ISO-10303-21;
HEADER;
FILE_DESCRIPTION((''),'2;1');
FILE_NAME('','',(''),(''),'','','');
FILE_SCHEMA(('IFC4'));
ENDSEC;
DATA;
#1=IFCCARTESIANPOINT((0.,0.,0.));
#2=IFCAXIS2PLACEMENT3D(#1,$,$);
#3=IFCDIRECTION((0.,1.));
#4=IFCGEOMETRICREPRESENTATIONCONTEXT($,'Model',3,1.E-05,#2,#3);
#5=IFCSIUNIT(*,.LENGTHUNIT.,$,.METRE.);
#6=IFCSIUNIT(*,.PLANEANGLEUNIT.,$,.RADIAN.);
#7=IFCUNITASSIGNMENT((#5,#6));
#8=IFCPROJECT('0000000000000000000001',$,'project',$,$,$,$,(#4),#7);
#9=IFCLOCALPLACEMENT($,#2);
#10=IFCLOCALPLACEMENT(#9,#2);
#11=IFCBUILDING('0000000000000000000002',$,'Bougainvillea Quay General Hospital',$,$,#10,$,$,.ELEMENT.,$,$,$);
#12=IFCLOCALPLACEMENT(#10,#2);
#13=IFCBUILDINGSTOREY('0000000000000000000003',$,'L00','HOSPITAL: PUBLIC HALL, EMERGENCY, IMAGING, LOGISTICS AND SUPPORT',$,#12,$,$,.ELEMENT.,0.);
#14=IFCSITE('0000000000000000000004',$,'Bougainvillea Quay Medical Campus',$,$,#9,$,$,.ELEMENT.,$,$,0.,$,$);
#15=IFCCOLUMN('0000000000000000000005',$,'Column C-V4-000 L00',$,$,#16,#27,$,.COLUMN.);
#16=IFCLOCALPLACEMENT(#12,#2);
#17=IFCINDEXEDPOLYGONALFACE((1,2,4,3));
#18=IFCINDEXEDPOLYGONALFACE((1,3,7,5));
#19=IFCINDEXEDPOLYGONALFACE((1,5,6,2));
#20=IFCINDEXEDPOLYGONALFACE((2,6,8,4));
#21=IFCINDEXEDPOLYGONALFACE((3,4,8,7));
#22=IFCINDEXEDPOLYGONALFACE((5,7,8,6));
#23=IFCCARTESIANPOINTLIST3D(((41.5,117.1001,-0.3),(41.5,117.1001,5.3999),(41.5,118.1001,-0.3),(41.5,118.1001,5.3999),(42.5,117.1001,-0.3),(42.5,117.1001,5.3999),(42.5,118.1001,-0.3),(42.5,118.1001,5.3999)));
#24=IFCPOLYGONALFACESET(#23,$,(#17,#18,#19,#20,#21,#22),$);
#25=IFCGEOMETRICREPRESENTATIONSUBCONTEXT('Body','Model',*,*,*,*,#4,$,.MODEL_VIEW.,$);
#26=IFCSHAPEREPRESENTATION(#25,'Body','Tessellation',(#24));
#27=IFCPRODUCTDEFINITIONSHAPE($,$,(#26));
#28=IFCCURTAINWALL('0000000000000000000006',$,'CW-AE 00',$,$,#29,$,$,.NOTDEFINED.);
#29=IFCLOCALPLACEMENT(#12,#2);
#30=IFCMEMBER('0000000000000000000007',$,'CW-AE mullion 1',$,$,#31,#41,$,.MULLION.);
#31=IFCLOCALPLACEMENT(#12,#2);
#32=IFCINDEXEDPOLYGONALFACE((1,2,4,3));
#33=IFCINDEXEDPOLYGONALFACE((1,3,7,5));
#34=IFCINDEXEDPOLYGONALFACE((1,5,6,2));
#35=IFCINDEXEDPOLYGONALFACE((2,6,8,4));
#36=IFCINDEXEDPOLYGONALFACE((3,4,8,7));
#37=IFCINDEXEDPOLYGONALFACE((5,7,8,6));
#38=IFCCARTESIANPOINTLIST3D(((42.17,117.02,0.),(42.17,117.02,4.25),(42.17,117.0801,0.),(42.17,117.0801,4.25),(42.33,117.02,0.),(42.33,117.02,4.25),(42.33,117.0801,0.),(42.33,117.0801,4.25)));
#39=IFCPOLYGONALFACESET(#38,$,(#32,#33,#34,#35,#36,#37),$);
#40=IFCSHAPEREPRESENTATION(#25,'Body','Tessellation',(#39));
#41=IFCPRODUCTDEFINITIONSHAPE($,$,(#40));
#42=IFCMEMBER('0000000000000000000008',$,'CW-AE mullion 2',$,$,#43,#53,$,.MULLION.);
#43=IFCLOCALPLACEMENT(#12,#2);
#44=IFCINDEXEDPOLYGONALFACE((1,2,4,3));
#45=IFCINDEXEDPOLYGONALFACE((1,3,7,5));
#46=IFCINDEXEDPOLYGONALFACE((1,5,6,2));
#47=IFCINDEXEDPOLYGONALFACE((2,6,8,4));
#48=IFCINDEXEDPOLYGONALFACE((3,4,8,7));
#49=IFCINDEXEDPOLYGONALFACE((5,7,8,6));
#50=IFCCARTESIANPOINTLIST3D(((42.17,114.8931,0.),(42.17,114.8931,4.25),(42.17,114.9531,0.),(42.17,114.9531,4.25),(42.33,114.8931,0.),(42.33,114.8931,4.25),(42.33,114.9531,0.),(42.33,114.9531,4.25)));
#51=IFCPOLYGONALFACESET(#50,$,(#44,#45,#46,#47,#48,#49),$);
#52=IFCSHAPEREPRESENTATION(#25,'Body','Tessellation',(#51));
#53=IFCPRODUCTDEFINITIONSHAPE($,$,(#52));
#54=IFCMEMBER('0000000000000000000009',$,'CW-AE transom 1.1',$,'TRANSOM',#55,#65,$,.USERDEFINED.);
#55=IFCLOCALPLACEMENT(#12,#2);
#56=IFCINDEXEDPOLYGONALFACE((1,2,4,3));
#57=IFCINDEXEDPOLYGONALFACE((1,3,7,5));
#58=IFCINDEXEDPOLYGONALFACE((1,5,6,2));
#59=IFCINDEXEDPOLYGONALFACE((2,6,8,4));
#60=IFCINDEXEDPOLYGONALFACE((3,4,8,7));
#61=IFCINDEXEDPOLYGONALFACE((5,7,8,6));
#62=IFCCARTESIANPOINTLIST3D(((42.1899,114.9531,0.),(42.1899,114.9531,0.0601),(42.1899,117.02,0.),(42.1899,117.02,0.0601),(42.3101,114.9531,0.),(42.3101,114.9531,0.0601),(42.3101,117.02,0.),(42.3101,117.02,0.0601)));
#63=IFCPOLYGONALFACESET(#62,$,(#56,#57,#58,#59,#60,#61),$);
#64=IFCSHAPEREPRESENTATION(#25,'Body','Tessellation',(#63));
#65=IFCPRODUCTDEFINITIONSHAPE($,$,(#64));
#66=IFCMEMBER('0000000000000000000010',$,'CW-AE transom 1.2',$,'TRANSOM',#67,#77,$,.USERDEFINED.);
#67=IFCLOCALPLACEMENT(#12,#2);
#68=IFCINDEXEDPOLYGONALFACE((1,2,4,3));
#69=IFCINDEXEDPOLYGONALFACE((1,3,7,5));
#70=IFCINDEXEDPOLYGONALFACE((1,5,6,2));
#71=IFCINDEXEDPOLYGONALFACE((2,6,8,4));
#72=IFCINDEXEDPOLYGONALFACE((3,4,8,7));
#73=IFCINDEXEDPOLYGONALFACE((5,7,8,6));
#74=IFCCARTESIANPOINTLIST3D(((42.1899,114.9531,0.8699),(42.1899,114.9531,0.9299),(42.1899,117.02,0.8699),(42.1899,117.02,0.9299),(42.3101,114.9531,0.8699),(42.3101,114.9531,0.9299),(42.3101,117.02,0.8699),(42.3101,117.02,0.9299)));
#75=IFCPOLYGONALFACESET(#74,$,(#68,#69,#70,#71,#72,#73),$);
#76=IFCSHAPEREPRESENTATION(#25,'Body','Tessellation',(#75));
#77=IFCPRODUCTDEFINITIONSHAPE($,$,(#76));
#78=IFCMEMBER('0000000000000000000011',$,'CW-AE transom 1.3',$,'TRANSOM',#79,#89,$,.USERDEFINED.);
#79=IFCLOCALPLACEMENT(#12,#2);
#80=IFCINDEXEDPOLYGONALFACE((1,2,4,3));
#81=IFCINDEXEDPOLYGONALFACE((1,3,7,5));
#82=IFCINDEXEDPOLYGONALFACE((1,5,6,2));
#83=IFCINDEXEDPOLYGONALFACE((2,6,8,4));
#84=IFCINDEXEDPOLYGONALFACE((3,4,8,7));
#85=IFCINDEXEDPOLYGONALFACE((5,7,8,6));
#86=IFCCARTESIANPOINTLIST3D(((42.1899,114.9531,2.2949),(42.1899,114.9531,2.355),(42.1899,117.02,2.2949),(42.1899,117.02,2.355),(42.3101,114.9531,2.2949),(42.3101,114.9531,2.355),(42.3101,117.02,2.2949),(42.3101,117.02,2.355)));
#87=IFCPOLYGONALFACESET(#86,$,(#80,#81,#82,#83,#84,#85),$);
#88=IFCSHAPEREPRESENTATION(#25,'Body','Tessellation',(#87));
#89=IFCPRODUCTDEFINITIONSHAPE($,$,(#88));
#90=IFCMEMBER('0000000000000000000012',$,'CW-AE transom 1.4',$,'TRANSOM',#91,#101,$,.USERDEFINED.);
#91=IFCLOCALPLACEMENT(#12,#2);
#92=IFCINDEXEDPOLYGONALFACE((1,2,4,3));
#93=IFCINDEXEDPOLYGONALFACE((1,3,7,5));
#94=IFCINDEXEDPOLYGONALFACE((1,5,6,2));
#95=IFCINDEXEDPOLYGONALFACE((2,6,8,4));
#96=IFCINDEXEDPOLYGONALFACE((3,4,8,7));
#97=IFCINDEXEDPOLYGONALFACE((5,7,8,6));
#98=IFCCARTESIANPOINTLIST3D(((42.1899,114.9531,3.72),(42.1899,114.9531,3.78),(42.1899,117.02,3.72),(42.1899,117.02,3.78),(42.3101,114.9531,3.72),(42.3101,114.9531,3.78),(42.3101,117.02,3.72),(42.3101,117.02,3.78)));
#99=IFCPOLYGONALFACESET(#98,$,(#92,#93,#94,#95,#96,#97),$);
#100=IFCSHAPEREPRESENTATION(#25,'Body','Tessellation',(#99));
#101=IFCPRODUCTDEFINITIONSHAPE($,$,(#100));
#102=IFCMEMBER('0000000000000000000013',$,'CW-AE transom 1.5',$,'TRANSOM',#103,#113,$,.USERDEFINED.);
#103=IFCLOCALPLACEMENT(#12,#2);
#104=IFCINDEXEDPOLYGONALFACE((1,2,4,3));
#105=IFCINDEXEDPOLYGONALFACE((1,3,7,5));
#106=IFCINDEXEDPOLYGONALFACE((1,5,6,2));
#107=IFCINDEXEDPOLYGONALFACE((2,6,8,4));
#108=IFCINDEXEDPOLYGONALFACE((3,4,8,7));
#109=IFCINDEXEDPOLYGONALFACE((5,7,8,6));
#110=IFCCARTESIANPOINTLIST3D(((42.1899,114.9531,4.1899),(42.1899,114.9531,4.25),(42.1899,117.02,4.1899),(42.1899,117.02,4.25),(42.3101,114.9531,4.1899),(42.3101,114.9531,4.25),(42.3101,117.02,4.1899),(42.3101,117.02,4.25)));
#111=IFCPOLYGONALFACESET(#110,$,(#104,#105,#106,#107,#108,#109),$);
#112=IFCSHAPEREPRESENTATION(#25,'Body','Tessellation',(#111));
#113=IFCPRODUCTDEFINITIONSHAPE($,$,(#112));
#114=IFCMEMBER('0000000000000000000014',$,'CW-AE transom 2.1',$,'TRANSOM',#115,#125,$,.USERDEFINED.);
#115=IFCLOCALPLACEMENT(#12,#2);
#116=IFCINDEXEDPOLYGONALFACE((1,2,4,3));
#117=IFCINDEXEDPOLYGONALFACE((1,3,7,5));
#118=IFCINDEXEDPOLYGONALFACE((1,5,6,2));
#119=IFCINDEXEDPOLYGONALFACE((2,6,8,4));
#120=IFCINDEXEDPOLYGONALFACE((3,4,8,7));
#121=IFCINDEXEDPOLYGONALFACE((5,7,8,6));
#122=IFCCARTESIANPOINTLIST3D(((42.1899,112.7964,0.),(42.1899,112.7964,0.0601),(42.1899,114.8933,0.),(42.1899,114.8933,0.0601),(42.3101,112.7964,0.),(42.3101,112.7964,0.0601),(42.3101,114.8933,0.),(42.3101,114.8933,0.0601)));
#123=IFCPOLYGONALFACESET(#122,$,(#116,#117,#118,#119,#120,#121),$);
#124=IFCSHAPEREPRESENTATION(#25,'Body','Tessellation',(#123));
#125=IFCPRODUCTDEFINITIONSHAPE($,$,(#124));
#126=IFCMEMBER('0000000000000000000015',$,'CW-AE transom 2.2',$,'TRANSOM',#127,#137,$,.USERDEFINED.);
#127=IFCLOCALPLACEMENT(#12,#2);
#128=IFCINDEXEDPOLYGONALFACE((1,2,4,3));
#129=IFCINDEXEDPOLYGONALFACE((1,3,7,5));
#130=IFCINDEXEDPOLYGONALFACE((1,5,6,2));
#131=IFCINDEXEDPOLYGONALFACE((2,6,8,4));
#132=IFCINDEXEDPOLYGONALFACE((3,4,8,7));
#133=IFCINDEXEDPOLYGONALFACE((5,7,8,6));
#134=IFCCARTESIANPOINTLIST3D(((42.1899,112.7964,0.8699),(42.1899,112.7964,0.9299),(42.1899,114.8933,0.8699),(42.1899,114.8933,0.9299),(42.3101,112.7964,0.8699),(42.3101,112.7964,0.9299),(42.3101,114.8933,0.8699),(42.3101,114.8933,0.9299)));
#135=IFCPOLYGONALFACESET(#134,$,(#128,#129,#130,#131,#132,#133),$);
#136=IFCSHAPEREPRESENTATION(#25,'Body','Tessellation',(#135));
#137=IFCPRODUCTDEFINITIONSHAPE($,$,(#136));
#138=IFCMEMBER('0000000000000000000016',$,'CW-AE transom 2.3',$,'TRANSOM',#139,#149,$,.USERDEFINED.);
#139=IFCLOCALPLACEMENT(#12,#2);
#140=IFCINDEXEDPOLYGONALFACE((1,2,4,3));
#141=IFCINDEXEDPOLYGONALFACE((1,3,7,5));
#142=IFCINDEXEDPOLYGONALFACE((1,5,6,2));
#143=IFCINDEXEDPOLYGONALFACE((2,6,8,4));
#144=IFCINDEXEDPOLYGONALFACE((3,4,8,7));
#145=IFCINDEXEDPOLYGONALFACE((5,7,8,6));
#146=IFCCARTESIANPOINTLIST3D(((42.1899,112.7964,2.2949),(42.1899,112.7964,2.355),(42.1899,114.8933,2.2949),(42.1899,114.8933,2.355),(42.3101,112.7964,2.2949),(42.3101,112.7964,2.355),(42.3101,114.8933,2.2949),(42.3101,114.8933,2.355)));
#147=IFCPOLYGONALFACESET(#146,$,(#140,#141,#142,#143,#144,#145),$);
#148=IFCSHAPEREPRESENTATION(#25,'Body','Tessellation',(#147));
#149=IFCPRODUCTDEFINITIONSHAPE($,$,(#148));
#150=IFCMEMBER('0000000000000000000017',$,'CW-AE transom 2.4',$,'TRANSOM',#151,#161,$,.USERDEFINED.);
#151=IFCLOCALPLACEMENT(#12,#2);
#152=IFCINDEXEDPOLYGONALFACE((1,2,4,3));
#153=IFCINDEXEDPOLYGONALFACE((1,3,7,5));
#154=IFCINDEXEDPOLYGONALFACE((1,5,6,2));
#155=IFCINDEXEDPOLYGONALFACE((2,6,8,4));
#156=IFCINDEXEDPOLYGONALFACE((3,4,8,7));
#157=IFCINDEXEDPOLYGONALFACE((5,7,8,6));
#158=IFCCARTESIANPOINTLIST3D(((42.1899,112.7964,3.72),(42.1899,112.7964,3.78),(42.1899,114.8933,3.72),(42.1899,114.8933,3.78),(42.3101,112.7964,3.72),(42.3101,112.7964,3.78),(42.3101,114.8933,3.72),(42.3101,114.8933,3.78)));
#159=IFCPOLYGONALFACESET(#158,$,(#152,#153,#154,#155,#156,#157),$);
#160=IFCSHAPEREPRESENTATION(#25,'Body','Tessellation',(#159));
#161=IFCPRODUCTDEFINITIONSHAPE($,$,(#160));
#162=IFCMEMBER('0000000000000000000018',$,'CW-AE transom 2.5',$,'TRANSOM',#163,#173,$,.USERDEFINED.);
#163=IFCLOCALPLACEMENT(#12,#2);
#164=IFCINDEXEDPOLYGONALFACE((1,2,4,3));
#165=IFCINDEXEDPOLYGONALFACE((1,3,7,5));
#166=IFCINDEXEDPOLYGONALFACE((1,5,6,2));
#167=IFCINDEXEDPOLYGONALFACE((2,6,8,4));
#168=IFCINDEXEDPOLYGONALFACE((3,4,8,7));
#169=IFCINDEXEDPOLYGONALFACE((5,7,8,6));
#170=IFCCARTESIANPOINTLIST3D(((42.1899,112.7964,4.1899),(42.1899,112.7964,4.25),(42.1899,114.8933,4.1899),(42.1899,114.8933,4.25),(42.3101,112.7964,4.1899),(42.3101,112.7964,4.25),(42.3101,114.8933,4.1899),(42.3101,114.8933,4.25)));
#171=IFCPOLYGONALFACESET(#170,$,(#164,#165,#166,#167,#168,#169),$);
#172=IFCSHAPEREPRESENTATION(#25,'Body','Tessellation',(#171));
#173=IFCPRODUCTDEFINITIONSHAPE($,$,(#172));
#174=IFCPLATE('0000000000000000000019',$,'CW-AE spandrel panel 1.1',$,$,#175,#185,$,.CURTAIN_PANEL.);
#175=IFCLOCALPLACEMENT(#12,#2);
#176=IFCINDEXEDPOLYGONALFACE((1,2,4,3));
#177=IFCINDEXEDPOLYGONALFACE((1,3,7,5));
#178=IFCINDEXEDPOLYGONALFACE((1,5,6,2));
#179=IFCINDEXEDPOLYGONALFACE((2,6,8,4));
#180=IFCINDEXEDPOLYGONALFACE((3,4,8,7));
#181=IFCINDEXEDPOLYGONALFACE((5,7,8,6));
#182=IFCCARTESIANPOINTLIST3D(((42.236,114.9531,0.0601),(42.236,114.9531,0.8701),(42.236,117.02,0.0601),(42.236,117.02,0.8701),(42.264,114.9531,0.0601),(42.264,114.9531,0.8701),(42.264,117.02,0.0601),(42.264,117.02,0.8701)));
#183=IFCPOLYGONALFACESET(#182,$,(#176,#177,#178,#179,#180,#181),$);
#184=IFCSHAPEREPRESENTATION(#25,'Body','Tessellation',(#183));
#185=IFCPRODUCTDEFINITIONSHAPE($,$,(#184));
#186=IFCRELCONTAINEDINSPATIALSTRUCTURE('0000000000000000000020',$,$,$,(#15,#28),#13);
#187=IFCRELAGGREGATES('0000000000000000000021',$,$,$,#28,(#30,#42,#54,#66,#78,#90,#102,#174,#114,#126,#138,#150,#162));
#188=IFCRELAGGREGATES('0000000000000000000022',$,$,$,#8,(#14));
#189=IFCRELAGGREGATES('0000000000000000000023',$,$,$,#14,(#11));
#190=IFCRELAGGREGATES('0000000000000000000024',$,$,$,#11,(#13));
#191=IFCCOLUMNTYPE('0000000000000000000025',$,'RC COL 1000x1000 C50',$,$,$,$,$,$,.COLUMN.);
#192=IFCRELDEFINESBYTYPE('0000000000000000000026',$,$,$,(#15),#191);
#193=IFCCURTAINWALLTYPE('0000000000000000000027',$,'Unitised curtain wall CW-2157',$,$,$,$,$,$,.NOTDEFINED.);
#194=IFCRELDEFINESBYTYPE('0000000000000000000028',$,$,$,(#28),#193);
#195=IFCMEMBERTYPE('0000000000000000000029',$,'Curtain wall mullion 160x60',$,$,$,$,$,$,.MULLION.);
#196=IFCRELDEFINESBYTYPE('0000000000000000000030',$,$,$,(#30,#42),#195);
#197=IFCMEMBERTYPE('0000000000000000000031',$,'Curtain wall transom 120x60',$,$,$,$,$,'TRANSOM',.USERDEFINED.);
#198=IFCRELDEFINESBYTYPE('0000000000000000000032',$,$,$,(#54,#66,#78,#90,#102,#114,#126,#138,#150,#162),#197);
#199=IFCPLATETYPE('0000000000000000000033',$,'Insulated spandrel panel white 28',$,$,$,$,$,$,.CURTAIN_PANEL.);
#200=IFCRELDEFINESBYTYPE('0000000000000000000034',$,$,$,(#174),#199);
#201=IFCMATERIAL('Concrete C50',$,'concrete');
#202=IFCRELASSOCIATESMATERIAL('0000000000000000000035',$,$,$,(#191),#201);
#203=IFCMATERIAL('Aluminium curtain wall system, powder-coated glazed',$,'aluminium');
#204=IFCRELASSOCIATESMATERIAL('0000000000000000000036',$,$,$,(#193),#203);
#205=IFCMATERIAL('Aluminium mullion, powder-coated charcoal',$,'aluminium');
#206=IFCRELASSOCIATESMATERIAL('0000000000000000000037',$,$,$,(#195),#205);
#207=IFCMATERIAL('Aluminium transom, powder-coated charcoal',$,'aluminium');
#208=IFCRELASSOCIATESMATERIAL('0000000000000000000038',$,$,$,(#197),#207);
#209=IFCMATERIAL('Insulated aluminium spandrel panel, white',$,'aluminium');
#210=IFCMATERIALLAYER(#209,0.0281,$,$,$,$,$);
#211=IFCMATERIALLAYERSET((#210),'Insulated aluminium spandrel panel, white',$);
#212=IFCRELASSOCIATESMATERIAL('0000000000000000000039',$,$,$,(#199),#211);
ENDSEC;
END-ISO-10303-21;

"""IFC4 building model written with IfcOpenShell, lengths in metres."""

from ifc_helpers import new_model, si_unit, direction, frame, origin, origin_2d, place, context, subcontext, project, spatial, rectangle, extrude, material, layer, layer_set, material_profile, profile_set, type_object, element, aggregate, save


model = new_model("IFC4")

# Units and contexts
model_context = context("Model", 3, precision=1e-05, world=origin(), true_north=direction((0.0, 1.0)))
body_context = subcontext(model_context, "Body", "Model", "MODEL_VIEW")
ifc_project = project(units=[si_unit("LENGTHUNIT", "METRE"), si_unit("PLANEANGLEUNIT", "RADIAN")], contexts=[model_context])

# Site, building, storey
site_placement = place(None, origin())
site = spatial("IfcSite", under=ifc_project, at=site_placement, Name="Bougainvillea Quay Medical Campus", CompositionType="ELEMENT", RefElevation=0.0)
building_placement = place(site_placement, origin())
building = spatial("IfcBuilding", under=site, at=building_placement, Name="Bougainvillea Quay General Hospital", CompositionType="ELEMENT")
storey_placement = place(building_placement, origin())
storey = spatial("IfcBuildingStorey", under=building, at=storey_placement, Name="L00", Description="HOSPITAL: PUBLIC HALL, EMERGENCY, IMAGING, LOGISTICS AND SUPPORT", CompositionType="ELEMENT", Elevation=0.0)

# Column
ifc_material_1 = material(Name="Concrete C50", Category="concrete")
ifc_material_profile_1 = material_profile(ifc_material_1, rectangle(XDim=1.0, YDim=1.0, at=origin_2d()))
ifc_profile_set_1 = profile_set([ifc_material_profile_1], Name="Concrete C50")
column_type = type_object("IfcColumnType", Name="RC COL 1000x1000 C50", PredefinedType="COLUMN", material=ifc_profile_set_1)
column_placement = place(storey_placement, frame((42.0, 117.6001, -0.3), z_axis=(0.0, 0.0, 1.0), x_axis=(1.0, 0.0, 0.0)))
element("IfcColumn", 1, at=column_placement, inside=storey, type_object=column_type, Name="Column C-V4-000 L00", PredefinedType="COLUMN", context=body_context, shape_type="SweptSolid", body=[
    extrude(rectangle(XDim=1.0, YDim=1.0, at=origin_2d()), origin(), (0.0, 0.0, 1.0), 5.7),
])

# Curtain wall, members, plate
ifc_material_2 = material(Name="Aluminium curtain wall system, powder-coated glazed", Category="aluminium")
curtain_wall_type = type_object("IfcCurtainWallType", Name="Unitised curtain wall CW-2157", PredefinedType="NOTDEFINED", material=ifc_material_2)
curtain_wall_placement = place(storey_placement, origin())
curtain_wall = element("IfcCurtainWall", 2, at=curtain_wall_placement, inside=storey, type_object=curtain_wall_type, Name="CW-AE 00", PredefinedType="NOTDEFINED")
ifc_material_3 = material(Name="Aluminium mullion, powder-coated charcoal", Category="aluminium")
ifc_material_profile_2 = material_profile(ifc_material_3, rectangle(XDim=0.1599, YDim=0.0601, at=origin_2d()))
ifc_profile_set_2 = profile_set([ifc_material_profile_2], Name="Aluminium mullion, powder-coated charcoal")
member_type_1 = type_object("IfcMemberType", Name="Curtain wall mullion 160x60", PredefinedType="MULLION", material=ifc_profile_set_2)
member_1_placement = place(storey_placement, frame((42.25, 117.05, 0.0), z_axis=(0.0, 0.0, 1.0), x_axis=(1.0, 0.0, 0.0)))
member_1 = element("IfcMember", 3, at=member_1_placement, type_object=member_type_1, Name="CW-AE mullion 1", PredefinedType="MULLION", context=body_context, shape_type="SweptSolid", body=[
    extrude(rectangle(XDim=0.1599, YDim=0.0601, at=origin_2d()), origin(), (0.0, 0.0, 1.0), 4.25),
])
member_2_placement = place(storey_placement, frame((42.25, 114.9231, 0.0), z_axis=(0.0, 0.0, 1.0), x_axis=(1.0, 0.0, 0.0)))
member_2 = element("IfcMember", 4, at=member_2_placement, type_object=member_type_1, Name="CW-AE mullion 2", PredefinedType="MULLION", context=body_context, shape_type="SweptSolid", body=[
    extrude(rectangle(XDim=0.1599, YDim=0.0601, at=origin_2d()), origin(), (0.0, 0.0, 1.0), 4.25),
])
ifc_material_4 = material(Name="Aluminium transom, powder-coated charcoal", Category="aluminium")
ifc_material_profile_3 = material_profile(ifc_material_4, rectangle(XDim=0.1201, YDim=0.0601, at=origin_2d()))
ifc_profile_set_3 = profile_set([ifc_material_profile_3], Name="Aluminium transom, powder-coated charcoal")
member_type_2 = type_object("IfcMemberType", Name="Curtain wall transom 120x60", ElementType="TRANSOM", PredefinedType="USERDEFINED", material=ifc_profile_set_3)
member_3_placement = place(storey_placement, frame((42.25, 117.02, 0.03), z_axis=(0.0, -1.0, 0.0), x_axis=(1.0, 0.0, 0.0)))
member_3 = element("IfcMember", 5, at=member_3_placement, type_object=member_type_2, Name="CW-AE transom 1.1", ObjectType="TRANSOM", PredefinedType="USERDEFINED", context=body_context, shape_type="SweptSolid", body=[
    extrude(rectangle(XDim=0.1201, YDim=0.0601, at=origin_2d()), origin(), (0.0, 0.0, 1.0), 2.0669),
])
member_4_placement = place(storey_placement, frame((42.25, 117.02, 0.8999), z_axis=(0.0, -1.0, 0.0), x_axis=(1.0, 0.0, 0.0)))
member_4 = element("IfcMember", 6, at=member_4_placement, type_object=member_type_2, Name="CW-AE transom 1.2", ObjectType="TRANSOM", PredefinedType="USERDEFINED", context=body_context, shape_type="SweptSolid", body=[
    extrude(rectangle(XDim=0.1201, YDim=0.0601, at=origin_2d()), origin(), (0.0, 0.0, 1.0), 2.0669),
])
member_5_placement = place(storey_placement, frame((42.25, 117.02, 2.325), z_axis=(0.0, -1.0, 0.0), x_axis=(1.0, 0.0, 0.0)))
member_5 = element("IfcMember", 7, at=member_5_placement, type_object=member_type_2, Name="CW-AE transom 1.3", ObjectType="TRANSOM", PredefinedType="USERDEFINED", context=body_context, shape_type="SweptSolid", body=[
    extrude(rectangle(XDim=0.1201, YDim=0.0601, at=origin_2d()), origin(), (0.0, 0.0, 1.0), 2.0669),
])
member_6_placement = place(storey_placement, frame((42.25, 117.02, 3.75), z_axis=(0.0, -1.0, 0.0), x_axis=(1.0, 0.0, 0.0)))
member_6 = element("IfcMember", 8, at=member_6_placement, type_object=member_type_2, Name="CW-AE transom 1.4", ObjectType="TRANSOM", PredefinedType="USERDEFINED", context=body_context, shape_type="SweptSolid", body=[
    extrude(rectangle(XDim=0.1201, YDim=0.0601, at=origin_2d()), origin(), (0.0, 0.0, 1.0), 2.0669),
])
member_7_placement = place(storey_placement, frame((42.25, 117.02, 4.22), z_axis=(0.0, -1.0, 0.0), x_axis=(1.0, 0.0, 0.0)))
member_7 = element("IfcMember", 9, at=member_7_placement, type_object=member_type_2, Name="CW-AE transom 1.5", ObjectType="TRANSOM", PredefinedType="USERDEFINED", context=body_context, shape_type="SweptSolid", body=[
    extrude(rectangle(XDim=0.1201, YDim=0.0601, at=origin_2d()), origin(), (0.0, 0.0, 1.0), 2.0669),
])
member_8_placement = place(storey_placement, frame((42.25, 114.8933, 0.03), z_axis=(0.0, -1.0, 0.0), x_axis=(1.0, 0.0, 0.0)))
member_8 = element("IfcMember", 10, at=member_8_placement, type_object=member_type_2, Name="CW-AE transom 2.1", ObjectType="TRANSOM", PredefinedType="USERDEFINED", context=body_context, shape_type="SweptSolid", body=[
    extrude(rectangle(XDim=0.1201, YDim=0.0601, at=origin_2d()), origin(), (0.0, 0.0, 1.0), 2.0969),
])
member_9_placement = place(storey_placement, frame((42.25, 114.8933, 0.8999), z_axis=(0.0, -1.0, 0.0), x_axis=(1.0, 0.0, 0.0)))
member_9 = element("IfcMember", 11, at=member_9_placement, type_object=member_type_2, Name="CW-AE transom 2.2", ObjectType="TRANSOM", PredefinedType="USERDEFINED", context=body_context, shape_type="SweptSolid", body=[
    extrude(rectangle(XDim=0.1201, YDim=0.0601, at=origin_2d()), origin(), (0.0, 0.0, 1.0), 2.0969),
])
member_10_placement = place(storey_placement, frame((42.25, 114.8933, 2.325), z_axis=(0.0, -1.0, 0.0), x_axis=(1.0, 0.0, 0.0)))
member_10 = element("IfcMember", 12, at=member_10_placement, type_object=member_type_2, Name="CW-AE transom 2.3", ObjectType="TRANSOM", PredefinedType="USERDEFINED", context=body_context, shape_type="SweptSolid", body=[
    extrude(rectangle(XDim=0.1201, YDim=0.0601, at=origin_2d()), origin(), (0.0, 0.0, 1.0), 2.0969),
])
member_11_placement = place(storey_placement, frame((42.25, 114.8933, 3.75), z_axis=(0.0, -1.0, 0.0), x_axis=(1.0, 0.0, 0.0)))
member_11 = element("IfcMember", 13, at=member_11_placement, type_object=member_type_2, Name="CW-AE transom 2.4", ObjectType="TRANSOM", PredefinedType="USERDEFINED", context=body_context, shape_type="SweptSolid", body=[
    extrude(rectangle(XDim=0.1201, YDim=0.0601, at=origin_2d()), origin(), (0.0, 0.0, 1.0), 2.0969),
])
member_12_placement = place(storey_placement, frame((42.25, 114.8933, 4.22), z_axis=(0.0, -1.0, 0.0), x_axis=(1.0, 0.0, 0.0)))
member_12 = element("IfcMember", 14, at=member_12_placement, type_object=member_type_2, Name="CW-AE transom 2.5", ObjectType="TRANSOM", PredefinedType="USERDEFINED", context=body_context, shape_type="SweptSolid", body=[
    extrude(rectangle(XDim=0.1201, YDim=0.0601, at=origin_2d()), origin(), (0.0, 0.0, 1.0), 2.0969),
])
ifc_material_5 = material(Name="Insulated aluminium spandrel panel, white", Category="aluminium")
ifc_layer_1 = layer(ifc_material_5, 0.0281)
ifc_layer_set_1 = layer_set([ifc_layer_1], Name="Insulated aluminium spandrel panel, white")
plate_type_1 = type_object("IfcPlateType", Name="Insulated spandrel panel white 28", PredefinedType="CURTAIN_PANEL", material=ifc_layer_set_1)
plate_1_placement = place(storey_placement, frame((42.25, 115.9866, 0.0601), z_axis=(0.0, 0.0, 1.0), x_axis=(0.0, -1.0, 0.0)))
plate_1 = element("IfcPlate", 15, at=plate_1_placement, type_object=plate_type_1, Name="CW-AE spandrel panel 1.1", PredefinedType="CURTAIN_PANEL", context=body_context, shape_type="SweptSolid", body=[
    extrude(rectangle(XDim=2.0669, YDim=0.0281, at=origin_2d()), origin(), (0.0, 0.0, 1.0), 0.8101),
])
aggregate(curtain_wall, [member_1, member_2, member_3, member_4, member_5, member_6, member_7, plate_1, member_8, member_9, member_10, member_11, member_12])

save(model, "model.ifc")
